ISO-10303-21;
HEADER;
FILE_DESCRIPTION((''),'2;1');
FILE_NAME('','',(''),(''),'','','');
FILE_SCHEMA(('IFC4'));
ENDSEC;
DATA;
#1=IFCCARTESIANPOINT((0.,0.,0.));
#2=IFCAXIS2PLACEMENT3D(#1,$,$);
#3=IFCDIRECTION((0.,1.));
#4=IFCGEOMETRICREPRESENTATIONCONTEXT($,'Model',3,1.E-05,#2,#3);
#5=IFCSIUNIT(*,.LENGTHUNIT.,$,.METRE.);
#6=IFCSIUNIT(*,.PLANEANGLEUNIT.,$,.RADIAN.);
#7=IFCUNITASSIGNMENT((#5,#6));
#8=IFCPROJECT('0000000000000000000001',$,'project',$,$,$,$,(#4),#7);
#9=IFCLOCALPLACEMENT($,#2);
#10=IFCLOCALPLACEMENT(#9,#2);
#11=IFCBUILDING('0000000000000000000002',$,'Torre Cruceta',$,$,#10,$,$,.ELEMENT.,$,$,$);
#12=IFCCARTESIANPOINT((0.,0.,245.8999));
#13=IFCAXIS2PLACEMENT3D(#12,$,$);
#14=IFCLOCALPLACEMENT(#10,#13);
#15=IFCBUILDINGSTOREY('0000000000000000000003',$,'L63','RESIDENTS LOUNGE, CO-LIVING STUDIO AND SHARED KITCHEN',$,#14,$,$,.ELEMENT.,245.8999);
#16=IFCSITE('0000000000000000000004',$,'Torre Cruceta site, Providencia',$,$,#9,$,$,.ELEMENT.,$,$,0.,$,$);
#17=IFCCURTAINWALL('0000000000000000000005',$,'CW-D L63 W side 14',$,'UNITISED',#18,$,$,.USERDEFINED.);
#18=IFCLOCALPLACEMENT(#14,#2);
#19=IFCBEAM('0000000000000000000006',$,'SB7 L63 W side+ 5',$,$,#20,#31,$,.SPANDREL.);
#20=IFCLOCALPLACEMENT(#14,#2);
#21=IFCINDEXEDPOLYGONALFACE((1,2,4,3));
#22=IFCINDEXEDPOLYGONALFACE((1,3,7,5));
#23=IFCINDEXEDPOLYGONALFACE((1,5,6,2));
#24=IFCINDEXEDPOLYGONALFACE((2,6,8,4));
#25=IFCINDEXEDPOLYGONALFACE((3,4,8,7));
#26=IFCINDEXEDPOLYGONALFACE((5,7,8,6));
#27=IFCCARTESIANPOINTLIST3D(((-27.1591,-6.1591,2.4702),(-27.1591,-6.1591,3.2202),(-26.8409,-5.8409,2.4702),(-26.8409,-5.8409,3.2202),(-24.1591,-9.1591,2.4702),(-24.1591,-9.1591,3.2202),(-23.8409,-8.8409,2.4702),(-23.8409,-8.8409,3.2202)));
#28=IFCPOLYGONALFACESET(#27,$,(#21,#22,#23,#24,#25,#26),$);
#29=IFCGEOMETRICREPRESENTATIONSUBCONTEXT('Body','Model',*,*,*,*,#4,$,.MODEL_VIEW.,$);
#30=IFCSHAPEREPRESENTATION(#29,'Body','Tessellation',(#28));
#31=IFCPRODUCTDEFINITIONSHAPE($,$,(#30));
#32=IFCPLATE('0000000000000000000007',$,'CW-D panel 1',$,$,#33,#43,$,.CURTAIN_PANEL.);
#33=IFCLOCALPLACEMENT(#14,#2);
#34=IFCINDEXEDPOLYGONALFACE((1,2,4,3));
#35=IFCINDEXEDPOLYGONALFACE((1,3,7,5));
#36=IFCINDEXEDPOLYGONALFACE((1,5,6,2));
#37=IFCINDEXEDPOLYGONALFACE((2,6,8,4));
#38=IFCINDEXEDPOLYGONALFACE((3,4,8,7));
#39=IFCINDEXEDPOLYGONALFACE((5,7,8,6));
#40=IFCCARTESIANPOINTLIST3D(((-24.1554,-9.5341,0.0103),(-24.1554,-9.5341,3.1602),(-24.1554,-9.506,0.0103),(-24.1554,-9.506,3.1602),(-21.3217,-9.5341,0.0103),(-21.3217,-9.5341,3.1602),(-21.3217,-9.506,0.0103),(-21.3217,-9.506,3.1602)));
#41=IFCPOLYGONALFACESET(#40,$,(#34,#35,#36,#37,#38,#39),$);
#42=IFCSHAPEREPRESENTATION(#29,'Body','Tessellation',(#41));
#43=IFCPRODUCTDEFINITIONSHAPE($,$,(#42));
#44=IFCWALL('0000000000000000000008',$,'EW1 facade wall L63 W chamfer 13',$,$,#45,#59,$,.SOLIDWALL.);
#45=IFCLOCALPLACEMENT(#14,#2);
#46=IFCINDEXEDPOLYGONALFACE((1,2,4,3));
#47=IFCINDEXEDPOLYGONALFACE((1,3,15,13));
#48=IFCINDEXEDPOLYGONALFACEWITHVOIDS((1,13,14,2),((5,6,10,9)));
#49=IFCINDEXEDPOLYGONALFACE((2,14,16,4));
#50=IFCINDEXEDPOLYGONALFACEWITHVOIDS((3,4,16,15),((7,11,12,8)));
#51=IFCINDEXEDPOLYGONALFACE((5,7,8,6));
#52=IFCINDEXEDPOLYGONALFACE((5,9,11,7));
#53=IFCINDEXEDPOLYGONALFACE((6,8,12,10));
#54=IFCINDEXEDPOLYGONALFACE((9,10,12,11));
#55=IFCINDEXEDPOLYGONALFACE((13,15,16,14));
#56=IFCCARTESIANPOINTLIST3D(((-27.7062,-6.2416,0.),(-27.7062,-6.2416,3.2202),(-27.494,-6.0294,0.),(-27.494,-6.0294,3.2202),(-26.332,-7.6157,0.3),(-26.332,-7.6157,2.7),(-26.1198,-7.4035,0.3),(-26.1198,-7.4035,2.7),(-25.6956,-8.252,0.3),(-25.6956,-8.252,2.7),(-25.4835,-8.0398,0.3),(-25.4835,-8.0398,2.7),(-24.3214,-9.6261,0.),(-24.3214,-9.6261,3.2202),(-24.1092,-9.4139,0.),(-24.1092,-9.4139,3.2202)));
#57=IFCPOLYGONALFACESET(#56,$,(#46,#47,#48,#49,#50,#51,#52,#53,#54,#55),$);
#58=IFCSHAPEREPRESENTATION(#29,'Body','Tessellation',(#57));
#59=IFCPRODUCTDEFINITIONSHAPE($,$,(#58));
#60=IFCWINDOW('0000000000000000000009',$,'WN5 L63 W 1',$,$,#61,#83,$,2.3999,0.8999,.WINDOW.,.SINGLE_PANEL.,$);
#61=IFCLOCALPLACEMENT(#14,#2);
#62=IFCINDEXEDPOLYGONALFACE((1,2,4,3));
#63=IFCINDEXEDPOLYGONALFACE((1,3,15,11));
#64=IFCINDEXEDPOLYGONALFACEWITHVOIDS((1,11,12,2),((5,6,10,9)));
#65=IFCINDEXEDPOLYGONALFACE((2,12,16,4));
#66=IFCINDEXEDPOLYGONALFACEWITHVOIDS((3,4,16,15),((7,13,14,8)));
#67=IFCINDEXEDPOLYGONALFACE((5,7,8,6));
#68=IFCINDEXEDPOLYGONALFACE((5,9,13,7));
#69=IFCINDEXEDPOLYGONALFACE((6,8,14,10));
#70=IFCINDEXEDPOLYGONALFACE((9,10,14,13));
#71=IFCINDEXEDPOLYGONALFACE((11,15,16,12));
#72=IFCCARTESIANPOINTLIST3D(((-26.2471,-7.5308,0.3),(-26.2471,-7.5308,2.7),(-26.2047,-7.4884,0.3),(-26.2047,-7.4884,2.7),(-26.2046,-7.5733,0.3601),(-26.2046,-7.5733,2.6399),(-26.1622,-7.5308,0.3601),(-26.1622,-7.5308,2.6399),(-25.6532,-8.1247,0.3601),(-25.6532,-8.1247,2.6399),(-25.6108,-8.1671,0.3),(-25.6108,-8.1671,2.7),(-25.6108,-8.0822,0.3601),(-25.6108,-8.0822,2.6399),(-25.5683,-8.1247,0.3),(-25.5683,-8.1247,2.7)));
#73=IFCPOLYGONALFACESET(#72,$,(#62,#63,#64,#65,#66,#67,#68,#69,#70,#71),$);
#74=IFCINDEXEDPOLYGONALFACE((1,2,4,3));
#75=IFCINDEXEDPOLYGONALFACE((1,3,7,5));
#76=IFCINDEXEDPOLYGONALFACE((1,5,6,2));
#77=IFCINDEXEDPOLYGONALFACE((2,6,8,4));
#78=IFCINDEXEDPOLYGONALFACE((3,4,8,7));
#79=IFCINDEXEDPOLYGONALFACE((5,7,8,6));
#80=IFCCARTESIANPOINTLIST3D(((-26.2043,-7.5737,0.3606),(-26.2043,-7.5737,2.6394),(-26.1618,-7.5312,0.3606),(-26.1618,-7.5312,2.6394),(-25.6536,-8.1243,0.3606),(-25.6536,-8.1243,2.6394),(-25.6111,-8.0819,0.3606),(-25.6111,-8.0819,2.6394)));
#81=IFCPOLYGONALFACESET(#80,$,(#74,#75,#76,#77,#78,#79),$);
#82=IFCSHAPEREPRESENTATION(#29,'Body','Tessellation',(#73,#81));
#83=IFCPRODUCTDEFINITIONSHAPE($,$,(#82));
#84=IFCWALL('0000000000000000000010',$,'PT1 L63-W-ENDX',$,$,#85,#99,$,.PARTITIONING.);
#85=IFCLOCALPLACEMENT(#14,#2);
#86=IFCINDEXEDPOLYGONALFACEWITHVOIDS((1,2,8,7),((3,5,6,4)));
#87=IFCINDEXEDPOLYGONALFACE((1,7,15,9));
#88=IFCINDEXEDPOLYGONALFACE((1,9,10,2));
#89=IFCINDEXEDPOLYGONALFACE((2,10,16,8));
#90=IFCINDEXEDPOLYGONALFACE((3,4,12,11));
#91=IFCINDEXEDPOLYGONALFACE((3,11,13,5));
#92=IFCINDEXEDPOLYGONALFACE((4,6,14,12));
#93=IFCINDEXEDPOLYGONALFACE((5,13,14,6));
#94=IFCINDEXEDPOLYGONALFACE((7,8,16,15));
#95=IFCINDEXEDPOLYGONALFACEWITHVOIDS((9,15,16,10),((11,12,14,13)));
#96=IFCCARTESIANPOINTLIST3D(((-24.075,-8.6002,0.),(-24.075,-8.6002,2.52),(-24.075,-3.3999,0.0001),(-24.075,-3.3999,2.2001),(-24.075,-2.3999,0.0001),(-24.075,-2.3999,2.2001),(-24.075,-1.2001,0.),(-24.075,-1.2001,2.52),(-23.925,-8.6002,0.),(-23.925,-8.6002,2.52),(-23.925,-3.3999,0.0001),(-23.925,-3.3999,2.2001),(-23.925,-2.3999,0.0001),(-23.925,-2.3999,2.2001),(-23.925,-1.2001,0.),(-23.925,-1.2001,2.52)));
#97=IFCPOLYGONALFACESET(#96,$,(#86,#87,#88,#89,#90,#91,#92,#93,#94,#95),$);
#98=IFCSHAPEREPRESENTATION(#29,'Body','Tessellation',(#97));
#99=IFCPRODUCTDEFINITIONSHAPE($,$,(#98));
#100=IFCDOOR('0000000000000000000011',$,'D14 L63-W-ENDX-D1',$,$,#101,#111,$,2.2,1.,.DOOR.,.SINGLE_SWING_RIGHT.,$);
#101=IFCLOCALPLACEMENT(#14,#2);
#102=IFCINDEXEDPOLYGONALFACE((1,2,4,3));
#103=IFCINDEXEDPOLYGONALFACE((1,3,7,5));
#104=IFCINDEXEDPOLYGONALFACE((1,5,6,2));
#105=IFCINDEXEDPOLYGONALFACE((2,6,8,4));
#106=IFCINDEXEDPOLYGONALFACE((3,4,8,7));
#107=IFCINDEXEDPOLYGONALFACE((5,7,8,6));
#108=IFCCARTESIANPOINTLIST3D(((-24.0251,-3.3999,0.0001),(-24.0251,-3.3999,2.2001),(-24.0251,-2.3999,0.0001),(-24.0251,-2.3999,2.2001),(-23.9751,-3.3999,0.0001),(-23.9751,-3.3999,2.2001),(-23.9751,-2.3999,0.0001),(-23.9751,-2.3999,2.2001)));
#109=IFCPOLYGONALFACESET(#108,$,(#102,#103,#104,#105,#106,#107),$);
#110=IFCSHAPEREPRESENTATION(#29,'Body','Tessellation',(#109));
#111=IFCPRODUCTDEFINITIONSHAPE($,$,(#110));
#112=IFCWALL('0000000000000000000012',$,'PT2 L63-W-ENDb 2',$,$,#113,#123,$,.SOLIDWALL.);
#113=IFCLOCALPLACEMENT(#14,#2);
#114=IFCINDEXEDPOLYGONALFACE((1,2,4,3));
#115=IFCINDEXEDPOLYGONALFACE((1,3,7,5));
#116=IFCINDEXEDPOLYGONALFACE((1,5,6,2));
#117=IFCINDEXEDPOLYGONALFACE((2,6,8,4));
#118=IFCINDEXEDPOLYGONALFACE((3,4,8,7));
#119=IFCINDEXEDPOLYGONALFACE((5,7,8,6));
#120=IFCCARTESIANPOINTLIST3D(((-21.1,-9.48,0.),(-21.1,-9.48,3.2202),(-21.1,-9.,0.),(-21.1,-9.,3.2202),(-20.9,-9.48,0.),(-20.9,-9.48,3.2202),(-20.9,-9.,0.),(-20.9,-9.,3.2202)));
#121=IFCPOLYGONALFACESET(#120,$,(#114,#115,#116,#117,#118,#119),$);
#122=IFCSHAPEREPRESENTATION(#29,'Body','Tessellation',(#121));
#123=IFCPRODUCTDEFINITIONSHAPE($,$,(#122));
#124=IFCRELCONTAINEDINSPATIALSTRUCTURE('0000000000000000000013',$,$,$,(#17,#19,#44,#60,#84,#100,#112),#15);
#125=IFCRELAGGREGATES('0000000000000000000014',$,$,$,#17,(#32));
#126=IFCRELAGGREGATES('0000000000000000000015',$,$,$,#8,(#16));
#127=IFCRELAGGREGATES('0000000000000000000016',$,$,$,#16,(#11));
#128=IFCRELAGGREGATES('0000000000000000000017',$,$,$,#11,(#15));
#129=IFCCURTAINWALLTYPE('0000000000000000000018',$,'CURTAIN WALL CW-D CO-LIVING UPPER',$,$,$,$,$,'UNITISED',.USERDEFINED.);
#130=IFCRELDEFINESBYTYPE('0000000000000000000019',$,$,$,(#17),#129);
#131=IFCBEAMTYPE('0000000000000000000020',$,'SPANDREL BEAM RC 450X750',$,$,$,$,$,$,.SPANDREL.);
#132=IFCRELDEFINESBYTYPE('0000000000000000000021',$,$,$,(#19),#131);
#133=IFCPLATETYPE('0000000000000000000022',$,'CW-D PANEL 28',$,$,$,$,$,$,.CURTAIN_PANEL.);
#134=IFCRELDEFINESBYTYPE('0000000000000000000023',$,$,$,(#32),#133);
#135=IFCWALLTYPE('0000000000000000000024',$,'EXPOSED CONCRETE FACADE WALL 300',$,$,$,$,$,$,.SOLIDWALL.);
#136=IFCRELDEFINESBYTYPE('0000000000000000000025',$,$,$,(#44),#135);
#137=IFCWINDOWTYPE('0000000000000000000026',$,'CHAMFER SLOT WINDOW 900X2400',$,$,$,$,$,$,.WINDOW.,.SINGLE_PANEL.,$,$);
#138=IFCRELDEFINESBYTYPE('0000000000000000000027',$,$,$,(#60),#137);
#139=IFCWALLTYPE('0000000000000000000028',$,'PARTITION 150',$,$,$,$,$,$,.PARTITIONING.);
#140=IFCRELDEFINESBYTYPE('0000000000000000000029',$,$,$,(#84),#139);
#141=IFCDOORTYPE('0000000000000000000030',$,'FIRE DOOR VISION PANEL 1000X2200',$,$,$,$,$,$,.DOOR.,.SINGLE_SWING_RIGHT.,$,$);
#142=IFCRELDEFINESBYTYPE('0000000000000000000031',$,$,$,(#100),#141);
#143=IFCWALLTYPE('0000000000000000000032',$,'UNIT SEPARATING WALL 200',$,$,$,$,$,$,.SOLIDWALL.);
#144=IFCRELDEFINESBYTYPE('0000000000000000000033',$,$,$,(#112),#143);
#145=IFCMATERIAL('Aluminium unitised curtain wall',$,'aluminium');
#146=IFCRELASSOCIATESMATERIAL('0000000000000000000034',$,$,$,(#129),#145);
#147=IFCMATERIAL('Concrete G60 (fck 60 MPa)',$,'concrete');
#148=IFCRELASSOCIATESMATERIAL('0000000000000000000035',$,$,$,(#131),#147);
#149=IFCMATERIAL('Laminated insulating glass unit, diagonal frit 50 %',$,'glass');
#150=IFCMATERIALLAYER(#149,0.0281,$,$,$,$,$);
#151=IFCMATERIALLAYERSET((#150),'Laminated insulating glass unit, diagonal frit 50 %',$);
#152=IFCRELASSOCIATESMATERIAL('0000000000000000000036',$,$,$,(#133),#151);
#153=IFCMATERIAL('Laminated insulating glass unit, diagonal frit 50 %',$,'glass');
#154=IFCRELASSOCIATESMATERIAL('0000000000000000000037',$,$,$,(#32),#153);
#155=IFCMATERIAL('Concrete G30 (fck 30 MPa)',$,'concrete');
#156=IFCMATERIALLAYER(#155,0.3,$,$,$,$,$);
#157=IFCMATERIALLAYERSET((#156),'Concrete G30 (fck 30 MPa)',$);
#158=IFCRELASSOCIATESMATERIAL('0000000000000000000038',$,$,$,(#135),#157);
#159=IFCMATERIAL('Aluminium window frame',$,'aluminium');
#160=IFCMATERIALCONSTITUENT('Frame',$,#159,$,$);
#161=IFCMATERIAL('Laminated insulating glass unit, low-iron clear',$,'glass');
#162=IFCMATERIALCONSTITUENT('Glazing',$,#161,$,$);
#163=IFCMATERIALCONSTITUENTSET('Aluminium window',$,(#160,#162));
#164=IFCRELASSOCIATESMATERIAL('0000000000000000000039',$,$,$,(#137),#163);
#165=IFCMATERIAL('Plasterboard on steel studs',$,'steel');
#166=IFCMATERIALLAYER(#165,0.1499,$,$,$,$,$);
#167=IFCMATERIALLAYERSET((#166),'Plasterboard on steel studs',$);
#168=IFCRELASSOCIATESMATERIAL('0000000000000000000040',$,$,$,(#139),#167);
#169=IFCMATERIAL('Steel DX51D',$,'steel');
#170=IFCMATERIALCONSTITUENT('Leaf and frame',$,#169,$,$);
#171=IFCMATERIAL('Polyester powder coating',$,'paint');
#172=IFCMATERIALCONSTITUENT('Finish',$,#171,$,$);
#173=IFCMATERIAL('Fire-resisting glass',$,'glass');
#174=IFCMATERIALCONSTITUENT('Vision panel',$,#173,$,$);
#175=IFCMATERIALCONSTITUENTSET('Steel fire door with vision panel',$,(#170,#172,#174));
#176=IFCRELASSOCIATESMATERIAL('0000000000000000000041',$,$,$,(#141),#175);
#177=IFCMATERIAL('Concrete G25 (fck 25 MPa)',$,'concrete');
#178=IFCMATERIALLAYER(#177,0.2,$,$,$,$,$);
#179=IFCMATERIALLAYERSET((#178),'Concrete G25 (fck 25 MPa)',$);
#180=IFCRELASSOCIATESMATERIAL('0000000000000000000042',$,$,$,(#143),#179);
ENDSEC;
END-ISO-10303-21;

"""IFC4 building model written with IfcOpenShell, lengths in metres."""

from ifc_helpers import new_model, si_unit, direction, frame, frame_2d, origin, origin_2d, place, context, subcontext, project, spatial, rectangle, hollow_rectangle, extrude, material, layer, layer_set, constituent, constituent_set, material_profile, profile_set, type_object, element, fill, aggregate, save


model = new_model("IFC4")

# Units and contexts
model_context = context("Model", 3, precision=1e-05, world=origin(), true_north=direction((0.0, 1.0)))
body_context = subcontext(model_context, "Body", "Model", "MODEL_VIEW")
ifc_project = project(units=[si_unit("LENGTHUNIT", "METRE"), si_unit("PLANEANGLEUNIT", "RADIAN")], contexts=[model_context])

# Site, building, storey
site_placement = place(None, origin())
site = spatial("IfcSite", under=ifc_project, at=site_placement, Name="Torre Cruceta site, Providencia", CompositionType="ELEMENT", RefElevation=0.0)
building_placement = place(site_placement, origin())
building = spatial("IfcBuilding", under=site, at=building_placement, Name="Torre Cruceta", CompositionType="ELEMENT")
storey_placement = place(building_placement, frame((0.0, 0.0, 245.8999)))
storey = spatial("IfcBuildingStorey", under=building, at=storey_placement, Name="L63", Description="RESIDENTS LOUNGE, CO-LIVING STUDIO AND SHARED KITCHEN", CompositionType="ELEMENT", Elevation=245.8999)

# Curtain wall
ifc_material_1 = material(Name="Aluminium unitised curtain wall", Category="aluminium")
curtain_wall_type = type_object("IfcCurtainWallType", Name="CURTAIN WALL CW-D CO-LIVING UPPER", ElementType="UNITISED", PredefinedType="USERDEFINED", material=ifc_material_1)
curtain_wall_placement = place(storey_placement, origin())
curtain_wall = element("IfcCurtainWall", 1, at=curtain_wall_placement, inside=storey, type_object=curtain_wall_type, Name="CW-D L63 W side 14", ObjectType="UNITISED", PredefinedType="USERDEFINED")

# Beam
ifc_material_2 = material(Name="Concrete G60 (fck 60 MPa)", Category="concrete")
ifc_material_profile_1 = material_profile(ifc_material_2, rectangle(XDim=0.45, YDim=0.75, at=origin_2d()), Name="RC 450X750")
ifc_profile_set_1 = profile_set([ifc_material_profile_1], Name="Concrete G60 (fck 60 MPa)")
beam_type_1 = type_object("IfcBeamType", Name="SPANDREL BEAM RC 450X750", PredefinedType="SPANDREL", material=ifc_profile_set_1)
beam_1_placement = place(storey_placement, frame((-24.0, -9.0, 2.8452), z_axis=(-0.707107, 0.707107, 0.0), x_axis=(-0.707107, -0.707107, 0.0)))
element("IfcBeam", 2, at=beam_1_placement, inside=storey, type_object=beam_type_1, Name="SB7 L63 W side+ 5", PredefinedType="SPANDREL", context=body_context, shape_type="SweptSolid", body=[
    extrude(rectangle(XDim=0.45, YDim=0.75, at=origin_2d()), origin(), (0.0, 0.0, 1.0), 4.2427),
])

# Plate
ifc_material_3 = material(Name="Laminated insulating glass unit, diagonal frit 50 %", Category="glass")
ifc_material_4 = material(Name="Laminated insulating glass unit, diagonal frit 50 %", Category="glass")
ifc_layer_1 = layer(ifc_material_4, 0.0281)
ifc_layer_set_1 = layer_set([ifc_layer_1], Name="Laminated insulating glass unit, diagonal frit 50 %")
plate_type = type_object("IfcPlateType", Name="CW-D PANEL 28", PredefinedType="CURTAIN_PANEL", material=ifc_layer_set_1)
plate_placement = place(storey_placement, frame((-22.7385, -9.52, 0.0103), z_axis=(0.0, 0.0, 1.0), x_axis=(1.0, 0.0, 0.0)))
plate = element("IfcPlate", 3, at=plate_placement, type_object=plate_type, material=ifc_material_3, Name="CW-D panel 1", PredefinedType="CURTAIN_PANEL", context=body_context, shape_type="SweptSolid", body=[
    extrude(rectangle(XDim=2.8337, YDim=0.0281, at=origin_2d()), origin(), (0.0, 0.0, 1.0), 3.1499),
])
aggregate(curtain_wall, [plate])

# Wall, opening, window
ifc_material_5 = material(Name="Concrete G30 (fck 30 MPa)", Category="concrete")
ifc_layer_2 = layer(ifc_material_5, 0.3)
ifc_layer_set_2 = layer_set([ifc_layer_2], Name="Concrete G30 (fck 30 MPa)")
wall_type_1 = type_object("IfcWallType", Name="EXPOSED CONCRETE FACADE WALL 300", PredefinedType="SOLIDWALL", material=ifc_layer_set_2)
wall_1_placement = place(storey_placement, frame((-27.6001, -6.1355, 0.0), z_axis=(0.0, 0.0, 1.0), x_axis=(0.707132, -0.707081, 0.0)))
wall_1 = element("IfcWall", 4, at=wall_1_placement, inside=storey, type_object=wall_type_1, Name="EW1 facade wall L63 W chamfer 13", PredefinedType="SOLIDWALL", context=body_context, shape_type="SweptSolid", body=[
    extrude(rectangle(XDim=4.7866, YDim=0.3, at=frame_2d((2.3933, 0.0))), origin(), (0.0, 0.0, 1.0), 3.2202),
])
opening_1_placement = place(wall_1_placement, frame((1.9434, 0.0, 0.3)))
opening_1 = element("IfcOpeningElement", 5, at=opening_1_placement, cuts=wall_1, PredefinedType="OPENING", context=body_context, shape_type="SweptSolid", body=[
    extrude(rectangle(XDim=0.8999, YDim=2.3999, at=frame_2d((0.45, 1.2))), frame((0.0, 0.1599, 0.0), z_axis=(0.0, -1.0, 0.0), x_axis=(1.0, 0.0, 0.0)), (0.0, 0.0, 1.0), 0.3201),
])
ifc_material_6 = material(Name="Aluminium window frame", Category="aluminium")
ifc_constituent_1 = constituent(ifc_material_6, Name="Frame")
ifc_material_7 = material(Name="Laminated insulating glass unit, low-iron clear", Category="glass")
ifc_constituent_2 = constituent(ifc_material_7, Name="Glazing")
ifc_constituent_set_1 = constituent_set(constituents=[ifc_constituent_1, ifc_constituent_2], Name="Aluminium window")
window_type = type_object("IfcWindowType", Name="CHAMFER SLOT WINDOW 900X2400", PartitioningType="SINGLE_PANEL", PredefinedType="WINDOW", material=ifc_constituent_set_1)
window_placement = place(opening_1_placement, origin())
window = element("IfcWindow", 6, at=window_placement, inside=storey, type_object=window_type, Name="WN5 L63 W 1", OverallHeight=2.3999, OverallWidth=0.8999, PartitioningType="SINGLE_PANEL", PredefinedType="WINDOW", context=body_context, shape_type="SweptSolid", body=[
    extrude(hollow_rectangle(XDim=0.8999, YDim=2.3999, WallThickness=0.0601, at=frame_2d((0.45, 1.2))), frame((0.0, 0.03, 0.0), z_axis=(0.0, -1.0, 0.0), x_axis=(1.0, 0.0, 0.0)), (0.0, 0.0, 1.0), 0.0601),
    extrude(rectangle(XDim=0.7788, YDim=2.2788, at=frame_2d((0.45, 1.2))), frame((0.0, 0.03, 0.0), z_axis=(0.0, -1.0, 0.0), x_axis=(1.0, 0.0, 0.0)), (0.0, 0.0, 1.0), 0.0601),
])
fill(opening_1, window)

# Wall, opening, door
ifc_material_8 = material(Name="Plasterboard on steel studs", Category="steel")
ifc_layer_3 = layer(ifc_material_8, 0.1499)
ifc_layer_set_3 = layer_set([ifc_layer_3], Name="Plasterboard on steel studs")
wall_type_2 = type_object("IfcWallType", Name="PARTITION 150", PredefinedType="PARTITIONING", material=ifc_layer_set_3)
wall_2_placement = place(storey_placement, frame((-24.0, -1.2, 0.0), z_axis=(0.0, 0.0, 1.0), x_axis=(0.0, -1.0, 0.0)))
wall_2 = element("IfcWall", 7, at=wall_2_placement, inside=storey, type_object=wall_type_2, Name="PT1 L63-W-ENDX", PredefinedType="PARTITIONING", context=body_context, shape_type="SweptSolid", body=[
    extrude(rectangle(XDim=7.4001, YDim=0.1499, at=frame_2d((3.7002, 0.0))), origin(), (0.0, 0.0, 1.0), 2.52),
])
opening_2_placement = place(wall_2_placement, frame((1.2, 0.0, 0.0)))
opening_2 = element("IfcOpeningElement", 8, at=opening_2_placement, cuts=wall_2, PredefinedType="OPENING", context=body_context, shape_type="SweptSolid", body=[
    extrude(rectangle(XDim=1.0, YDim=2.2, at=frame_2d((0.5, 1.1001))), frame((0.0, 0.085, 0.0), z_axis=(0.0, -1.0, 0.0), x_axis=(1.0, 0.0, 0.0)), (0.0, 0.0, 1.0), 0.1699),
])
ifc_material_9 = material(Name="Steel DX51D", Category="steel")
ifc_constituent_3 = constituent(ifc_material_9, Name="Leaf and frame")
ifc_material_10 = material(Name="Polyester powder coating", Category="paint")
ifc_constituent_4 = constituent(ifc_material_10, Name="Finish")
ifc_material_11 = material(Name="Fire-resisting glass", Category="glass")
ifc_constituent_5 = constituent(ifc_material_11, Name="Vision panel")
ifc_constituent_set_2 = constituent_set(constituents=[ifc_constituent_3, ifc_constituent_4, ifc_constituent_5], Name="Steel fire door with vision panel")
door_type = type_object("IfcDoorType", Name="FIRE DOOR VISION PANEL 1000X2200", OperationType="SINGLE_SWING_RIGHT", PredefinedType="DOOR", material=ifc_constituent_set_2)
door_placement = place(opening_2_placement, frame((1.0, 0.0, 0.0), z_axis=(0.0, 0.0, 1.0), x_axis=(-1.0, 0.0, 0.0)))
door = element("IfcDoor", 9, at=door_placement, inside=storey, type_object=door_type, Name="D14 L63-W-ENDX-D1", OperationType="SINGLE_SWING_RIGHT", OverallHeight=2.2, OverallWidth=1.0, PredefinedType="DOOR", context=body_context, shape_type="SweptSolid", body=[
    extrude(rectangle(XDim=1.0, YDim=2.2, at=frame_2d((0.5, 1.1001))), frame((0.0, 0.0251, 0.0), z_axis=(0.0, -1.0, 0.0), x_axis=(1.0, 0.0, 0.0)), (0.0, 0.0, 1.0), 0.05),
])
fill(opening_2, door)

# Wall
ifc_material_12 = material(Name="Concrete G25 (fck 25 MPa)", Category="concrete")
ifc_layer_4 = layer(ifc_material_12, 0.2)
ifc_layer_set_4 = layer_set([ifc_layer_4], Name="Concrete G25 (fck 25 MPa)")
wall_type_3 = type_object("IfcWallType", Name="UNIT SEPARATING WALL 200", PredefinedType="SOLIDWALL", material=ifc_layer_set_4)
wall_3_placement = place(storey_placement, frame((-21.0, -9.0, 0.0), z_axis=(0.0, 0.0, 1.0), x_axis=(0.0, -1.0, 0.0)))
element("IfcWall", 10, at=wall_3_placement, inside=storey, type_object=wall_type_3, Name="PT2 L63-W-ENDb 2", PredefinedType="SOLIDWALL", context=body_context, shape_type="SweptSolid", body=[
    extrude(rectangle(XDim=0.48, YDim=0.2, at=frame_2d((0.24, 0.0))), origin(), (0.0, 0.0, 1.0), 3.2202),
])

save(model, "model.ifc")
